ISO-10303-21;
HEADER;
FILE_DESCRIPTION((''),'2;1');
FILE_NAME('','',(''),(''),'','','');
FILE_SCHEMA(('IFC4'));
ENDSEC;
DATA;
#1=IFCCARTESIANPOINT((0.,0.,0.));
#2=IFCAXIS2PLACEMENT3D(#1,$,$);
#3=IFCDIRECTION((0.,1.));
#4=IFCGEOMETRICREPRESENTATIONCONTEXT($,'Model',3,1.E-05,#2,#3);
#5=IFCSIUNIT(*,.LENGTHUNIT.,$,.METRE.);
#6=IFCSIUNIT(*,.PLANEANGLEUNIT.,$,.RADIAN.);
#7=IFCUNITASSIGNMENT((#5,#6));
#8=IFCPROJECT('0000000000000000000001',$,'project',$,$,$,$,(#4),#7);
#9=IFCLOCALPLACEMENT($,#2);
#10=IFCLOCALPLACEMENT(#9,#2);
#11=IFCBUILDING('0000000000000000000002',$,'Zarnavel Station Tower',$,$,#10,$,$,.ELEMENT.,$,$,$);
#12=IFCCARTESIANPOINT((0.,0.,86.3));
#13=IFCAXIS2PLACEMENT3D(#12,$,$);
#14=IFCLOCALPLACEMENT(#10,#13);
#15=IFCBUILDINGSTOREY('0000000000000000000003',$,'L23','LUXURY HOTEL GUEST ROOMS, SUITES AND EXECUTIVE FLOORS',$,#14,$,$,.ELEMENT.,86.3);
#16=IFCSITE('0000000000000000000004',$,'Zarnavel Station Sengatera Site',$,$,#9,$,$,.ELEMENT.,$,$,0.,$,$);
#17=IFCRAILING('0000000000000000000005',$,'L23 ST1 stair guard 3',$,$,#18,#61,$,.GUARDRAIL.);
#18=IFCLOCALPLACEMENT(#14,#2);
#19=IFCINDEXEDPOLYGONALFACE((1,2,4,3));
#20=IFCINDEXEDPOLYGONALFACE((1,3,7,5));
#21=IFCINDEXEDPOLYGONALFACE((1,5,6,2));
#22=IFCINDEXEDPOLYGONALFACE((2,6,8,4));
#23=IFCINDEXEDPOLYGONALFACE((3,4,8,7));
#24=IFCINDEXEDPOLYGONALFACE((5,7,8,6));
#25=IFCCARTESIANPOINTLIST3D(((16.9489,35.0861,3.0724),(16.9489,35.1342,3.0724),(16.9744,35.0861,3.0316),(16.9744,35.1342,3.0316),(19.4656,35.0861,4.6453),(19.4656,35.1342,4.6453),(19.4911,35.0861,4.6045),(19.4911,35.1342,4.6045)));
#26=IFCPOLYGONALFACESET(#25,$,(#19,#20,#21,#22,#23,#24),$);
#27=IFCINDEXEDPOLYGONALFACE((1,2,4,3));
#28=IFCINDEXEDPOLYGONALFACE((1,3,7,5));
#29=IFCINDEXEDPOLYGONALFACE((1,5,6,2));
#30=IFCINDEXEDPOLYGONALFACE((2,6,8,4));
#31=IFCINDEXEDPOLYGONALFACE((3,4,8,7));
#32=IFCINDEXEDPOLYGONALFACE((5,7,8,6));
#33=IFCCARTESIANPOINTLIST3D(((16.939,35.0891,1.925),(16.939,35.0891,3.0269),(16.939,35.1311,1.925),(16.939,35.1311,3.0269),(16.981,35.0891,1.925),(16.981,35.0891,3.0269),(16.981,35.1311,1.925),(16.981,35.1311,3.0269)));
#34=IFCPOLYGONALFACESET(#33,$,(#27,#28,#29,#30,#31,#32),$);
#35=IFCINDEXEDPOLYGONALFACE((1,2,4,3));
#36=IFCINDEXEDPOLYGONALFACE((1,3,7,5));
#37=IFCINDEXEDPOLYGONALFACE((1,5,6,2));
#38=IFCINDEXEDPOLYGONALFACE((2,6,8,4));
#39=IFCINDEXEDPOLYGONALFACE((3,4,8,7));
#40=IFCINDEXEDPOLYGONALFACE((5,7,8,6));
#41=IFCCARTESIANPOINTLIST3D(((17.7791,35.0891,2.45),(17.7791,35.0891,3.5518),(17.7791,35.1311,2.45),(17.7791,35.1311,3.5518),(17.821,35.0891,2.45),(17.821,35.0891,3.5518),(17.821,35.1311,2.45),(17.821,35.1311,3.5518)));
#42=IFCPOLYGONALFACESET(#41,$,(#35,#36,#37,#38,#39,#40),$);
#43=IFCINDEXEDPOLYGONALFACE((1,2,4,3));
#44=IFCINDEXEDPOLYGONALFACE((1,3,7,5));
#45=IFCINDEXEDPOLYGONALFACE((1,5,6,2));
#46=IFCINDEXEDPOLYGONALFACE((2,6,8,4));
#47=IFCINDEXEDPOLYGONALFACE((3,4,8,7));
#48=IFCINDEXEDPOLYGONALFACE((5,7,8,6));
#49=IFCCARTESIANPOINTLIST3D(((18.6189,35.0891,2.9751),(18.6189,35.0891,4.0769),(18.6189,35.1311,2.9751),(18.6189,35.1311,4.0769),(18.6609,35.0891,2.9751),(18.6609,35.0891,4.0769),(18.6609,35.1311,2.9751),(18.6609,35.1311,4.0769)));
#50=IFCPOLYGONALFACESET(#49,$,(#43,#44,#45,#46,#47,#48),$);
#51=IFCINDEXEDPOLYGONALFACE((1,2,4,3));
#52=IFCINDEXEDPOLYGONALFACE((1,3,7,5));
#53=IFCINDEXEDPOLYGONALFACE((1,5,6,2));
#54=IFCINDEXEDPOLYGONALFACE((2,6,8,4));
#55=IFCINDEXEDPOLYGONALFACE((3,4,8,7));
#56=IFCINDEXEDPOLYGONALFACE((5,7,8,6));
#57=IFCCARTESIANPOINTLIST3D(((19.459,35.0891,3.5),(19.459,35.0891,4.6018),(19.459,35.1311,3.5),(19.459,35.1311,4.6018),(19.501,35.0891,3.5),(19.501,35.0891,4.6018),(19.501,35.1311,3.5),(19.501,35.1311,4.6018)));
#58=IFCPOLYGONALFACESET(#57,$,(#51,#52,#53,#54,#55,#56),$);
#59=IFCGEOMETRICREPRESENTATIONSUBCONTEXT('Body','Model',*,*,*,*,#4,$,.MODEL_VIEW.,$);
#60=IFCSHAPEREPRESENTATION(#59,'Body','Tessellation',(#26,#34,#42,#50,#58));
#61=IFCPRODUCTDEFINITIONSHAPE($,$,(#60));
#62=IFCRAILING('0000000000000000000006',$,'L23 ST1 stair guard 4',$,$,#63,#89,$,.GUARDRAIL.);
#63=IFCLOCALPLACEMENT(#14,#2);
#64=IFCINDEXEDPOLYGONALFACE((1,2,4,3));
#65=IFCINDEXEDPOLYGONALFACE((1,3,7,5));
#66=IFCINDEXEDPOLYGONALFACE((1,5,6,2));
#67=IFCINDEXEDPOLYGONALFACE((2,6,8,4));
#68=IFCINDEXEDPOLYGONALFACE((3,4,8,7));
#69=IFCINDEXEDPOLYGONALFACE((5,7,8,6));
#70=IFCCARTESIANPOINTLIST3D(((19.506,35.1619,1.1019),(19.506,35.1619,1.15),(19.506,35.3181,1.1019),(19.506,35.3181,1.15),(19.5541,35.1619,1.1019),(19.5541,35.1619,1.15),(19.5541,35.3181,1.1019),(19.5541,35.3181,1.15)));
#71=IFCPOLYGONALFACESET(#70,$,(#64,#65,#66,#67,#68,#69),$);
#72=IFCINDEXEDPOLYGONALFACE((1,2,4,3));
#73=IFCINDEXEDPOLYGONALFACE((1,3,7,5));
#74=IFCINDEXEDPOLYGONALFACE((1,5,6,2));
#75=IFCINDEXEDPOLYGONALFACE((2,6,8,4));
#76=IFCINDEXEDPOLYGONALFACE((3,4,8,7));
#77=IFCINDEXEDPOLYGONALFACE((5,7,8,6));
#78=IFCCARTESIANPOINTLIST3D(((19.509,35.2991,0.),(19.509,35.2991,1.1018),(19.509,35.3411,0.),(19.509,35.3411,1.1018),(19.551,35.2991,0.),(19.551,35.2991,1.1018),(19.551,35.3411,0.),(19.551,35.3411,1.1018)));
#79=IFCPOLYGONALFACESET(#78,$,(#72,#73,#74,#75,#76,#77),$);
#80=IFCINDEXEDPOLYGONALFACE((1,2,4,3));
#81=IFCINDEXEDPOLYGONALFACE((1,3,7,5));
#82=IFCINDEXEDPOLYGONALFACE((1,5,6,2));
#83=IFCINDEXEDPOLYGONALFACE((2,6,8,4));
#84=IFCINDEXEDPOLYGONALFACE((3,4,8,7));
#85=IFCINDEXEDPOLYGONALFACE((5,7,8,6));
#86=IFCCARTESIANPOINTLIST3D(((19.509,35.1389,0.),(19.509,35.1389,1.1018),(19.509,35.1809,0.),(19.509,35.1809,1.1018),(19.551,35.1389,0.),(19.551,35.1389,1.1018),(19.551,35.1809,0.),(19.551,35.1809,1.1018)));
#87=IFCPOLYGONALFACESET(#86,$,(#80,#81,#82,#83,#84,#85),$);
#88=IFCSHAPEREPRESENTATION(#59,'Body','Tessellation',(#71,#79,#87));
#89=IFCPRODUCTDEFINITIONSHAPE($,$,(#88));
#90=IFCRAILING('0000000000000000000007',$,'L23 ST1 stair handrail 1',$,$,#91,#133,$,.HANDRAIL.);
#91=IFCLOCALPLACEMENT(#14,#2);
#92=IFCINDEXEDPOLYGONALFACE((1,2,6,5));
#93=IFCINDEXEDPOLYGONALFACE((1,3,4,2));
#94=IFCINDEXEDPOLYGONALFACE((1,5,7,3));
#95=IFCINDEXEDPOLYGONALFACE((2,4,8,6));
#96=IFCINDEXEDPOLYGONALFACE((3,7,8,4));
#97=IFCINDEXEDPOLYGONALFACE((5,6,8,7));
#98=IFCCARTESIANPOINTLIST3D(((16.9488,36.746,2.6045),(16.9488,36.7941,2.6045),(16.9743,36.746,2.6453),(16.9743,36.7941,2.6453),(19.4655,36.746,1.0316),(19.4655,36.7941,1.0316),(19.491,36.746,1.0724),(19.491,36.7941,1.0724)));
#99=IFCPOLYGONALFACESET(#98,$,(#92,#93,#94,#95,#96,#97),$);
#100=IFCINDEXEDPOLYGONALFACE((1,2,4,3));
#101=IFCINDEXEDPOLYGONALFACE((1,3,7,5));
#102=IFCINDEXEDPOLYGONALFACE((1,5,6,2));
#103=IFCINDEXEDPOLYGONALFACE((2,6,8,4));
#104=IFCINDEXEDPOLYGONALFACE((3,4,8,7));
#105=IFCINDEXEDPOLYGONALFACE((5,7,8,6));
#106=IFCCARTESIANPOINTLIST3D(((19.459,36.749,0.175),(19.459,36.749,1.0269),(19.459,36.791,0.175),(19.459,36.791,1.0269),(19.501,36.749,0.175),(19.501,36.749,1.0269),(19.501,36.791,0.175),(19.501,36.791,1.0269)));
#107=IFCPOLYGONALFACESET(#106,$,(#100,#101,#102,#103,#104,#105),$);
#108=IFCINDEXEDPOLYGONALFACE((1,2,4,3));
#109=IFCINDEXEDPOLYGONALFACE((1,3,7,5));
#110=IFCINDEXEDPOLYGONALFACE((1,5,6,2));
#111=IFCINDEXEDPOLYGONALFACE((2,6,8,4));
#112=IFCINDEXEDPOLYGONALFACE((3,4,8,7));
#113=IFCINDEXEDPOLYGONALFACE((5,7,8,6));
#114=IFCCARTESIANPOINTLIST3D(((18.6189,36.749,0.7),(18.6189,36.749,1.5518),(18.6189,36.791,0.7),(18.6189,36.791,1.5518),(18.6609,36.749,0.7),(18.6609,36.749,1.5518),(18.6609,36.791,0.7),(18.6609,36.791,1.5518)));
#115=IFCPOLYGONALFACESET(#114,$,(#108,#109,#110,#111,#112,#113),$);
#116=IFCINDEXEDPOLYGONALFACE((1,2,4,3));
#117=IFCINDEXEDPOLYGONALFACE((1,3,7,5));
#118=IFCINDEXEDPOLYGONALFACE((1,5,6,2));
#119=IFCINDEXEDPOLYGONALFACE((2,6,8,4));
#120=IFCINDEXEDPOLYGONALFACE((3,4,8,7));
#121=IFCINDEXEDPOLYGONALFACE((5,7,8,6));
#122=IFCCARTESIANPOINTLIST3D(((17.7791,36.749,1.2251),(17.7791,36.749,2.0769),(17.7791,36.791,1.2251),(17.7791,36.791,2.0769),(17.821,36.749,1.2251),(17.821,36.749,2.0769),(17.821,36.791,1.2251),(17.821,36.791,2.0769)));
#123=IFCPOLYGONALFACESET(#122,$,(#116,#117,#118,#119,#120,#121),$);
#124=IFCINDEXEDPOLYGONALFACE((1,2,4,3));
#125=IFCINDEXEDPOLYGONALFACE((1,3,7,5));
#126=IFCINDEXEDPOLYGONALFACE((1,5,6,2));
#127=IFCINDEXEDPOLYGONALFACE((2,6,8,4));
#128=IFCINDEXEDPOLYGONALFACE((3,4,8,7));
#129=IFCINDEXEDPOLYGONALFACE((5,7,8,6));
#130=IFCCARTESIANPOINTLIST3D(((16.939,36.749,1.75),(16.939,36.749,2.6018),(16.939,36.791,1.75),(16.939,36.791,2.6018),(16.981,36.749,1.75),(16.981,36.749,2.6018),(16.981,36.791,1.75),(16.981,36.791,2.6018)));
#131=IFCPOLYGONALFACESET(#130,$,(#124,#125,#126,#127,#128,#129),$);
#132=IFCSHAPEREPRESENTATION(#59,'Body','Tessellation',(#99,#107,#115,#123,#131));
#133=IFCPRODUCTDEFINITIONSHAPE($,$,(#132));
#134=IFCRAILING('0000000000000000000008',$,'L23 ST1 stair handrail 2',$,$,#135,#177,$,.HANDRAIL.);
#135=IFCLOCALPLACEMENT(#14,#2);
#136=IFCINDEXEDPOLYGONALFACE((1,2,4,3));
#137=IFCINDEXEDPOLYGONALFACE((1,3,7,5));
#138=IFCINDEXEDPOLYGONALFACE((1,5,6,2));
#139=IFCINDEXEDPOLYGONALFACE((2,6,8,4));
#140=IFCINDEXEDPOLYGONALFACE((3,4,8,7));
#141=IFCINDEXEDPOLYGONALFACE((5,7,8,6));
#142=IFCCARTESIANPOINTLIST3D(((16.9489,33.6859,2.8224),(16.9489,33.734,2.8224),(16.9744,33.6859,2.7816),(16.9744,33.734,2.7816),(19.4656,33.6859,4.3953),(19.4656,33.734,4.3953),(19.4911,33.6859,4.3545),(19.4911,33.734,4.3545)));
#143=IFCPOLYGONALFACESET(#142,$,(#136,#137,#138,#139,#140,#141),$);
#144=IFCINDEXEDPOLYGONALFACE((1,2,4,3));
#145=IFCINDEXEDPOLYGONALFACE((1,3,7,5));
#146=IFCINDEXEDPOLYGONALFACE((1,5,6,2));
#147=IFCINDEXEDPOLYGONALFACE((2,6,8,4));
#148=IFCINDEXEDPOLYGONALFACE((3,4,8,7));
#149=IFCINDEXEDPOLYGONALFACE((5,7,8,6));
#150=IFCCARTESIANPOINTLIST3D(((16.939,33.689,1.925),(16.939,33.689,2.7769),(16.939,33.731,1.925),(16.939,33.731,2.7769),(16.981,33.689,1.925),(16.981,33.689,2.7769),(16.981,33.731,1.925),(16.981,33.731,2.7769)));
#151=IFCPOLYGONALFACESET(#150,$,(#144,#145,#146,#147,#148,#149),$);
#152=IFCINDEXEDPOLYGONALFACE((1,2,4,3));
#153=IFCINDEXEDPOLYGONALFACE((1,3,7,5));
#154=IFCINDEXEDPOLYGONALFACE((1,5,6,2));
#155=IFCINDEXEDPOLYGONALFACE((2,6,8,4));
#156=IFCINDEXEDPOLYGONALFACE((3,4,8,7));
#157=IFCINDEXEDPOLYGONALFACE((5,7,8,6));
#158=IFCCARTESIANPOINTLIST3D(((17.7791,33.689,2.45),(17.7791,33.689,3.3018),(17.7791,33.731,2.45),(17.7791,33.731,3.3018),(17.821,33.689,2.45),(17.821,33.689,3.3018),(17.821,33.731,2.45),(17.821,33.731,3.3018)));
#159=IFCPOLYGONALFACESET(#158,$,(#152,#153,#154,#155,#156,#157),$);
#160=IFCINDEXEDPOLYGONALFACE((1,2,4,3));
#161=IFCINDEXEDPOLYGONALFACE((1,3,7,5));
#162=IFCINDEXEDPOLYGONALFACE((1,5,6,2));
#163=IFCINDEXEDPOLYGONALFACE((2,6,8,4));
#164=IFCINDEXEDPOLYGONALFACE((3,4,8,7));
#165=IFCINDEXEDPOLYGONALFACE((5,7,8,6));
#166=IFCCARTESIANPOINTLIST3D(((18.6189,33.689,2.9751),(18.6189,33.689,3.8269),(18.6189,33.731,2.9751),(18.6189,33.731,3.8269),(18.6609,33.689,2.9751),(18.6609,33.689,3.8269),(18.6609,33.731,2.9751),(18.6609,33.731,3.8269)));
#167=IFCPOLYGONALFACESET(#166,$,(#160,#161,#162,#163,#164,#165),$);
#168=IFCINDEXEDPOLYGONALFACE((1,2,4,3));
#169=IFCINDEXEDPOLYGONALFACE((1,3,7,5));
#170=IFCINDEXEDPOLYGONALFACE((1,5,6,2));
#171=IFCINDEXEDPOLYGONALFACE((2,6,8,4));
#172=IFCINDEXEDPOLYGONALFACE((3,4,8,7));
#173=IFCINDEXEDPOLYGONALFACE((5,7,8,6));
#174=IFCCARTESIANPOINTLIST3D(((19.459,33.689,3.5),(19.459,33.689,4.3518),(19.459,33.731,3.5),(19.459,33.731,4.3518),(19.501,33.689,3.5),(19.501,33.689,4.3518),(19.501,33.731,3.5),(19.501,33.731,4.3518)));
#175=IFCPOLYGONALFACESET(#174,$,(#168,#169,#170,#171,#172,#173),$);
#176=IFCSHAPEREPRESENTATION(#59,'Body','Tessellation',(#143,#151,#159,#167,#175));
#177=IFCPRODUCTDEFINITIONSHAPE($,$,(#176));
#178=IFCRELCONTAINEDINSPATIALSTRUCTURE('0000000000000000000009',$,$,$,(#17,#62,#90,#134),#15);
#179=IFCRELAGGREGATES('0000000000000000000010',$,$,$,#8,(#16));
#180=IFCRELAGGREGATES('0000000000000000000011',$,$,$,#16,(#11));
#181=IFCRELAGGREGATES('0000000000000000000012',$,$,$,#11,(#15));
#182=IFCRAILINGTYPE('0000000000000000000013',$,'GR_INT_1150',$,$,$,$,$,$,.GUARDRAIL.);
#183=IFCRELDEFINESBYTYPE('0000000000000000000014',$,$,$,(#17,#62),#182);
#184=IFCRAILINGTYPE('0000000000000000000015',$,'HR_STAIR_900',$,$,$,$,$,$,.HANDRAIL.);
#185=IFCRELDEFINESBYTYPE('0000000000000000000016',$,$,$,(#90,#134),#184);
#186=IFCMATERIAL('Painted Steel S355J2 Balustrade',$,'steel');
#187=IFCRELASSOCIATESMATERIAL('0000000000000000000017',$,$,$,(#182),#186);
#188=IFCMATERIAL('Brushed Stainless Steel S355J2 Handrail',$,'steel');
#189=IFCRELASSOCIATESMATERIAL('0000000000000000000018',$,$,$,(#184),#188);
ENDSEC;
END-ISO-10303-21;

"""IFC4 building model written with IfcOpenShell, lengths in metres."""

from ifc_helpers import new_model, si_unit, direction, frame, origin, origin_2d, place, context, subcontext, project, spatial, rectangle, extrude, material, type_object, element, save


model = new_model("IFC4")

# Units and contexts
model_context = context("Model", 3, precision=1e-05, world=origin(), true_north=direction((0.0, 1.0)))
body_context = subcontext(model_context, "Body", "Model", "MODEL_VIEW")
ifc_project = project(units=[si_unit("LENGTHUNIT", "METRE"), si_unit("PLANEANGLEUNIT", "RADIAN")], contexts=[model_context])

# Site, building, storey
site_placement = place(None, origin())
site = spatial("IfcSite", under=ifc_project, at=site_placement, Name="Zarnavel Station Sengatera Site", CompositionType="ELEMENT", RefElevation=0.0)
building_placement = place(site_placement, origin())
building = spatial("IfcBuilding", under=site, at=building_placement, Name="Zarnavel Station Tower", CompositionType="ELEMENT")
storey_placement = place(building_placement, frame((0.0, 0.0, 86.3)))
storey = spatial("IfcBuildingStorey", under=building, at=storey_placement, Name="L23", Description="LUXURY HOTEL GUEST ROOMS, SUITES AND EXECUTIVE FLOORS", CompositionType="ELEMENT", Elevation=86.3)

# Railings
ifc_material_1 = material(Name="Painted Steel S355J2 Balustrade", Category="steel")
railing_type_1 = type_object("IfcRailingType", Name="GR_INT_1150", PredefinedType="GUARDRAIL", material=ifc_material_1)
railing_1_placement = place(storey_placement, frame((16.96, 35.1101, 1.925)))
element("IfcRailing", 1, at=railing_1_placement, inside=storey, type_object=railing_type_1, Name="L23 ST1 stair guard 3", PredefinedType="GUARDRAIL", context=body_context, shape_type="SweptSolid", body=[
    extrude(rectangle(XDim=0.0481, YDim=0.0481, at=origin_2d()), frame((0.0017, 0.0, 1.127), z_axis=(0.848008, 0.0, 0.529984), x_axis=(0.0, 1.0, 0.0)), (0.0, 0.0, 1.0), 2.9678),
    extrude(rectangle(XDim=0.042, YDim=0.042, at=origin_2d()), origin(), (0.0, 0.0, 1.0), 1.1018),
    extrude(rectangle(XDim=0.042, YDim=0.042, at=origin_2d()), frame((0.8401, 0.0, 0.5249)), (0.0, 0.0, 1.0), 1.1018),
    extrude(rectangle(XDim=0.042, YDim=0.042, at=origin_2d()), frame((1.6799, 0.0, 1.05)), (0.0, 0.0, 1.0), 1.1018),
    extrude(rectangle(XDim=0.042, YDim=0.042, at=origin_2d()), frame((2.52, 0.0, 1.575)), (0.0, 0.0, 1.0), 1.1018),
])
railing_2_placement = place(storey_placement, frame((19.53, 35.3201, 0.0)))
element("IfcRailing", 2, at=railing_2_placement, inside=storey, type_object=railing_type_1, Name="L23 ST1 stair guard 4", PredefinedType="GUARDRAIL", context=body_context, shape_type="SweptSolid", body=[
    extrude(rectangle(XDim=0.0481, YDim=0.0481, at=origin_2d()), frame((0.0, -0.002, 1.126), z_axis=(0.0, -1.0, 0.0), x_axis=(1.0, 0.0, 0.0)), (0.0, 0.0, 1.0), 0.1562),
    extrude(rectangle(XDim=0.042, YDim=0.042, at=origin_2d()), origin(), (0.0, 0.0, 1.0), 1.1018),
    extrude(rectangle(XDim=0.042, YDim=0.042, at=origin_2d()), frame((0.0, -0.1602, 0.0)), (0.0, 0.0, 1.0), 1.1018),
])
ifc_material_2 = material(Name="Brushed Stainless Steel S355J2 Handrail", Category="steel")
railing_type_2 = type_object("IfcRailingType", Name="HR_STAIR_900", PredefinedType="HANDRAIL", material=ifc_material_2)
railing_3_placement = place(storey_placement, frame((19.48, 36.77, 0.175)))
element("IfcRailing", 3, at=railing_3_placement, inside=storey, type_object=railing_type_2, Name="L23 ST1 stair handrail 1", PredefinedType="HANDRAIL", context=body_context, shape_type="SweptSolid", body=[
    extrude(rectangle(XDim=0.0481, YDim=0.0481, at=origin_2d()), frame((-0.0017, 0.0, 0.877), z_axis=(-0.848008, 0.0, 0.529984), x_axis=(0.0, -1.0, 0.0)), (0.0, 0.0, 1.0), 2.9678),
    extrude(rectangle(XDim=0.042, YDim=0.042, at=origin_2d()), origin(), (0.0, 0.0, 1.0), 0.8518),
    extrude(rectangle(XDim=0.042, YDim=0.042, at=origin_2d()), frame((-0.8401, 0.0, 0.5249)), (0.0, 0.0, 1.0), 0.8518),
    extrude(rectangle(XDim=0.042, YDim=0.042, at=origin_2d()), frame((-1.6799, 0.0, 1.05)), (0.0, 0.0, 1.0), 0.8518),
    extrude(rectangle(XDim=0.042, YDim=0.042, at=origin_2d()), frame((-2.52, 0.0, 1.575)), (0.0, 0.0, 1.0), 0.8518),
])
railing_4_placement = place(storey_placement, frame((16.96, 33.71, 1.925)))
element("IfcRailing", 4, at=railing_4_placement, inside=storey, type_object=railing_type_2, Name="L23 ST1 stair handrail 2", PredefinedType="HANDRAIL", context=body_context, shape_type="SweptSolid", body=[
    extrude(rectangle(XDim=0.0481, YDim=0.0481, at=origin_2d()), frame((0.0017, 0.0, 0.877), z_axis=(0.848008, 0.0, 0.529984), x_axis=(0.0, 1.0, 0.0)), (0.0, 0.0, 1.0), 2.9678),
    extrude(rectangle(XDim=0.042, YDim=0.042, at=origin_2d()), origin(), (0.0, 0.0, 1.0), 0.8518),
    extrude(rectangle(XDim=0.042, YDim=0.042, at=origin_2d()), frame((0.8401, 0.0, 0.5249)), (0.0, 0.0, 1.0), 0.8518),
    extrude(rectangle(XDim=0.042, YDim=0.042, at=origin_2d()), frame((1.6799, 0.0, 1.05)), (0.0, 0.0, 1.0), 0.8518),
    extrude(rectangle(XDim=0.042, YDim=0.042, at=origin_2d()), frame((2.52, 0.0, 1.575)), (0.0, 0.0, 1.0), 0.8518),
])

save(model, "model.ifc")
